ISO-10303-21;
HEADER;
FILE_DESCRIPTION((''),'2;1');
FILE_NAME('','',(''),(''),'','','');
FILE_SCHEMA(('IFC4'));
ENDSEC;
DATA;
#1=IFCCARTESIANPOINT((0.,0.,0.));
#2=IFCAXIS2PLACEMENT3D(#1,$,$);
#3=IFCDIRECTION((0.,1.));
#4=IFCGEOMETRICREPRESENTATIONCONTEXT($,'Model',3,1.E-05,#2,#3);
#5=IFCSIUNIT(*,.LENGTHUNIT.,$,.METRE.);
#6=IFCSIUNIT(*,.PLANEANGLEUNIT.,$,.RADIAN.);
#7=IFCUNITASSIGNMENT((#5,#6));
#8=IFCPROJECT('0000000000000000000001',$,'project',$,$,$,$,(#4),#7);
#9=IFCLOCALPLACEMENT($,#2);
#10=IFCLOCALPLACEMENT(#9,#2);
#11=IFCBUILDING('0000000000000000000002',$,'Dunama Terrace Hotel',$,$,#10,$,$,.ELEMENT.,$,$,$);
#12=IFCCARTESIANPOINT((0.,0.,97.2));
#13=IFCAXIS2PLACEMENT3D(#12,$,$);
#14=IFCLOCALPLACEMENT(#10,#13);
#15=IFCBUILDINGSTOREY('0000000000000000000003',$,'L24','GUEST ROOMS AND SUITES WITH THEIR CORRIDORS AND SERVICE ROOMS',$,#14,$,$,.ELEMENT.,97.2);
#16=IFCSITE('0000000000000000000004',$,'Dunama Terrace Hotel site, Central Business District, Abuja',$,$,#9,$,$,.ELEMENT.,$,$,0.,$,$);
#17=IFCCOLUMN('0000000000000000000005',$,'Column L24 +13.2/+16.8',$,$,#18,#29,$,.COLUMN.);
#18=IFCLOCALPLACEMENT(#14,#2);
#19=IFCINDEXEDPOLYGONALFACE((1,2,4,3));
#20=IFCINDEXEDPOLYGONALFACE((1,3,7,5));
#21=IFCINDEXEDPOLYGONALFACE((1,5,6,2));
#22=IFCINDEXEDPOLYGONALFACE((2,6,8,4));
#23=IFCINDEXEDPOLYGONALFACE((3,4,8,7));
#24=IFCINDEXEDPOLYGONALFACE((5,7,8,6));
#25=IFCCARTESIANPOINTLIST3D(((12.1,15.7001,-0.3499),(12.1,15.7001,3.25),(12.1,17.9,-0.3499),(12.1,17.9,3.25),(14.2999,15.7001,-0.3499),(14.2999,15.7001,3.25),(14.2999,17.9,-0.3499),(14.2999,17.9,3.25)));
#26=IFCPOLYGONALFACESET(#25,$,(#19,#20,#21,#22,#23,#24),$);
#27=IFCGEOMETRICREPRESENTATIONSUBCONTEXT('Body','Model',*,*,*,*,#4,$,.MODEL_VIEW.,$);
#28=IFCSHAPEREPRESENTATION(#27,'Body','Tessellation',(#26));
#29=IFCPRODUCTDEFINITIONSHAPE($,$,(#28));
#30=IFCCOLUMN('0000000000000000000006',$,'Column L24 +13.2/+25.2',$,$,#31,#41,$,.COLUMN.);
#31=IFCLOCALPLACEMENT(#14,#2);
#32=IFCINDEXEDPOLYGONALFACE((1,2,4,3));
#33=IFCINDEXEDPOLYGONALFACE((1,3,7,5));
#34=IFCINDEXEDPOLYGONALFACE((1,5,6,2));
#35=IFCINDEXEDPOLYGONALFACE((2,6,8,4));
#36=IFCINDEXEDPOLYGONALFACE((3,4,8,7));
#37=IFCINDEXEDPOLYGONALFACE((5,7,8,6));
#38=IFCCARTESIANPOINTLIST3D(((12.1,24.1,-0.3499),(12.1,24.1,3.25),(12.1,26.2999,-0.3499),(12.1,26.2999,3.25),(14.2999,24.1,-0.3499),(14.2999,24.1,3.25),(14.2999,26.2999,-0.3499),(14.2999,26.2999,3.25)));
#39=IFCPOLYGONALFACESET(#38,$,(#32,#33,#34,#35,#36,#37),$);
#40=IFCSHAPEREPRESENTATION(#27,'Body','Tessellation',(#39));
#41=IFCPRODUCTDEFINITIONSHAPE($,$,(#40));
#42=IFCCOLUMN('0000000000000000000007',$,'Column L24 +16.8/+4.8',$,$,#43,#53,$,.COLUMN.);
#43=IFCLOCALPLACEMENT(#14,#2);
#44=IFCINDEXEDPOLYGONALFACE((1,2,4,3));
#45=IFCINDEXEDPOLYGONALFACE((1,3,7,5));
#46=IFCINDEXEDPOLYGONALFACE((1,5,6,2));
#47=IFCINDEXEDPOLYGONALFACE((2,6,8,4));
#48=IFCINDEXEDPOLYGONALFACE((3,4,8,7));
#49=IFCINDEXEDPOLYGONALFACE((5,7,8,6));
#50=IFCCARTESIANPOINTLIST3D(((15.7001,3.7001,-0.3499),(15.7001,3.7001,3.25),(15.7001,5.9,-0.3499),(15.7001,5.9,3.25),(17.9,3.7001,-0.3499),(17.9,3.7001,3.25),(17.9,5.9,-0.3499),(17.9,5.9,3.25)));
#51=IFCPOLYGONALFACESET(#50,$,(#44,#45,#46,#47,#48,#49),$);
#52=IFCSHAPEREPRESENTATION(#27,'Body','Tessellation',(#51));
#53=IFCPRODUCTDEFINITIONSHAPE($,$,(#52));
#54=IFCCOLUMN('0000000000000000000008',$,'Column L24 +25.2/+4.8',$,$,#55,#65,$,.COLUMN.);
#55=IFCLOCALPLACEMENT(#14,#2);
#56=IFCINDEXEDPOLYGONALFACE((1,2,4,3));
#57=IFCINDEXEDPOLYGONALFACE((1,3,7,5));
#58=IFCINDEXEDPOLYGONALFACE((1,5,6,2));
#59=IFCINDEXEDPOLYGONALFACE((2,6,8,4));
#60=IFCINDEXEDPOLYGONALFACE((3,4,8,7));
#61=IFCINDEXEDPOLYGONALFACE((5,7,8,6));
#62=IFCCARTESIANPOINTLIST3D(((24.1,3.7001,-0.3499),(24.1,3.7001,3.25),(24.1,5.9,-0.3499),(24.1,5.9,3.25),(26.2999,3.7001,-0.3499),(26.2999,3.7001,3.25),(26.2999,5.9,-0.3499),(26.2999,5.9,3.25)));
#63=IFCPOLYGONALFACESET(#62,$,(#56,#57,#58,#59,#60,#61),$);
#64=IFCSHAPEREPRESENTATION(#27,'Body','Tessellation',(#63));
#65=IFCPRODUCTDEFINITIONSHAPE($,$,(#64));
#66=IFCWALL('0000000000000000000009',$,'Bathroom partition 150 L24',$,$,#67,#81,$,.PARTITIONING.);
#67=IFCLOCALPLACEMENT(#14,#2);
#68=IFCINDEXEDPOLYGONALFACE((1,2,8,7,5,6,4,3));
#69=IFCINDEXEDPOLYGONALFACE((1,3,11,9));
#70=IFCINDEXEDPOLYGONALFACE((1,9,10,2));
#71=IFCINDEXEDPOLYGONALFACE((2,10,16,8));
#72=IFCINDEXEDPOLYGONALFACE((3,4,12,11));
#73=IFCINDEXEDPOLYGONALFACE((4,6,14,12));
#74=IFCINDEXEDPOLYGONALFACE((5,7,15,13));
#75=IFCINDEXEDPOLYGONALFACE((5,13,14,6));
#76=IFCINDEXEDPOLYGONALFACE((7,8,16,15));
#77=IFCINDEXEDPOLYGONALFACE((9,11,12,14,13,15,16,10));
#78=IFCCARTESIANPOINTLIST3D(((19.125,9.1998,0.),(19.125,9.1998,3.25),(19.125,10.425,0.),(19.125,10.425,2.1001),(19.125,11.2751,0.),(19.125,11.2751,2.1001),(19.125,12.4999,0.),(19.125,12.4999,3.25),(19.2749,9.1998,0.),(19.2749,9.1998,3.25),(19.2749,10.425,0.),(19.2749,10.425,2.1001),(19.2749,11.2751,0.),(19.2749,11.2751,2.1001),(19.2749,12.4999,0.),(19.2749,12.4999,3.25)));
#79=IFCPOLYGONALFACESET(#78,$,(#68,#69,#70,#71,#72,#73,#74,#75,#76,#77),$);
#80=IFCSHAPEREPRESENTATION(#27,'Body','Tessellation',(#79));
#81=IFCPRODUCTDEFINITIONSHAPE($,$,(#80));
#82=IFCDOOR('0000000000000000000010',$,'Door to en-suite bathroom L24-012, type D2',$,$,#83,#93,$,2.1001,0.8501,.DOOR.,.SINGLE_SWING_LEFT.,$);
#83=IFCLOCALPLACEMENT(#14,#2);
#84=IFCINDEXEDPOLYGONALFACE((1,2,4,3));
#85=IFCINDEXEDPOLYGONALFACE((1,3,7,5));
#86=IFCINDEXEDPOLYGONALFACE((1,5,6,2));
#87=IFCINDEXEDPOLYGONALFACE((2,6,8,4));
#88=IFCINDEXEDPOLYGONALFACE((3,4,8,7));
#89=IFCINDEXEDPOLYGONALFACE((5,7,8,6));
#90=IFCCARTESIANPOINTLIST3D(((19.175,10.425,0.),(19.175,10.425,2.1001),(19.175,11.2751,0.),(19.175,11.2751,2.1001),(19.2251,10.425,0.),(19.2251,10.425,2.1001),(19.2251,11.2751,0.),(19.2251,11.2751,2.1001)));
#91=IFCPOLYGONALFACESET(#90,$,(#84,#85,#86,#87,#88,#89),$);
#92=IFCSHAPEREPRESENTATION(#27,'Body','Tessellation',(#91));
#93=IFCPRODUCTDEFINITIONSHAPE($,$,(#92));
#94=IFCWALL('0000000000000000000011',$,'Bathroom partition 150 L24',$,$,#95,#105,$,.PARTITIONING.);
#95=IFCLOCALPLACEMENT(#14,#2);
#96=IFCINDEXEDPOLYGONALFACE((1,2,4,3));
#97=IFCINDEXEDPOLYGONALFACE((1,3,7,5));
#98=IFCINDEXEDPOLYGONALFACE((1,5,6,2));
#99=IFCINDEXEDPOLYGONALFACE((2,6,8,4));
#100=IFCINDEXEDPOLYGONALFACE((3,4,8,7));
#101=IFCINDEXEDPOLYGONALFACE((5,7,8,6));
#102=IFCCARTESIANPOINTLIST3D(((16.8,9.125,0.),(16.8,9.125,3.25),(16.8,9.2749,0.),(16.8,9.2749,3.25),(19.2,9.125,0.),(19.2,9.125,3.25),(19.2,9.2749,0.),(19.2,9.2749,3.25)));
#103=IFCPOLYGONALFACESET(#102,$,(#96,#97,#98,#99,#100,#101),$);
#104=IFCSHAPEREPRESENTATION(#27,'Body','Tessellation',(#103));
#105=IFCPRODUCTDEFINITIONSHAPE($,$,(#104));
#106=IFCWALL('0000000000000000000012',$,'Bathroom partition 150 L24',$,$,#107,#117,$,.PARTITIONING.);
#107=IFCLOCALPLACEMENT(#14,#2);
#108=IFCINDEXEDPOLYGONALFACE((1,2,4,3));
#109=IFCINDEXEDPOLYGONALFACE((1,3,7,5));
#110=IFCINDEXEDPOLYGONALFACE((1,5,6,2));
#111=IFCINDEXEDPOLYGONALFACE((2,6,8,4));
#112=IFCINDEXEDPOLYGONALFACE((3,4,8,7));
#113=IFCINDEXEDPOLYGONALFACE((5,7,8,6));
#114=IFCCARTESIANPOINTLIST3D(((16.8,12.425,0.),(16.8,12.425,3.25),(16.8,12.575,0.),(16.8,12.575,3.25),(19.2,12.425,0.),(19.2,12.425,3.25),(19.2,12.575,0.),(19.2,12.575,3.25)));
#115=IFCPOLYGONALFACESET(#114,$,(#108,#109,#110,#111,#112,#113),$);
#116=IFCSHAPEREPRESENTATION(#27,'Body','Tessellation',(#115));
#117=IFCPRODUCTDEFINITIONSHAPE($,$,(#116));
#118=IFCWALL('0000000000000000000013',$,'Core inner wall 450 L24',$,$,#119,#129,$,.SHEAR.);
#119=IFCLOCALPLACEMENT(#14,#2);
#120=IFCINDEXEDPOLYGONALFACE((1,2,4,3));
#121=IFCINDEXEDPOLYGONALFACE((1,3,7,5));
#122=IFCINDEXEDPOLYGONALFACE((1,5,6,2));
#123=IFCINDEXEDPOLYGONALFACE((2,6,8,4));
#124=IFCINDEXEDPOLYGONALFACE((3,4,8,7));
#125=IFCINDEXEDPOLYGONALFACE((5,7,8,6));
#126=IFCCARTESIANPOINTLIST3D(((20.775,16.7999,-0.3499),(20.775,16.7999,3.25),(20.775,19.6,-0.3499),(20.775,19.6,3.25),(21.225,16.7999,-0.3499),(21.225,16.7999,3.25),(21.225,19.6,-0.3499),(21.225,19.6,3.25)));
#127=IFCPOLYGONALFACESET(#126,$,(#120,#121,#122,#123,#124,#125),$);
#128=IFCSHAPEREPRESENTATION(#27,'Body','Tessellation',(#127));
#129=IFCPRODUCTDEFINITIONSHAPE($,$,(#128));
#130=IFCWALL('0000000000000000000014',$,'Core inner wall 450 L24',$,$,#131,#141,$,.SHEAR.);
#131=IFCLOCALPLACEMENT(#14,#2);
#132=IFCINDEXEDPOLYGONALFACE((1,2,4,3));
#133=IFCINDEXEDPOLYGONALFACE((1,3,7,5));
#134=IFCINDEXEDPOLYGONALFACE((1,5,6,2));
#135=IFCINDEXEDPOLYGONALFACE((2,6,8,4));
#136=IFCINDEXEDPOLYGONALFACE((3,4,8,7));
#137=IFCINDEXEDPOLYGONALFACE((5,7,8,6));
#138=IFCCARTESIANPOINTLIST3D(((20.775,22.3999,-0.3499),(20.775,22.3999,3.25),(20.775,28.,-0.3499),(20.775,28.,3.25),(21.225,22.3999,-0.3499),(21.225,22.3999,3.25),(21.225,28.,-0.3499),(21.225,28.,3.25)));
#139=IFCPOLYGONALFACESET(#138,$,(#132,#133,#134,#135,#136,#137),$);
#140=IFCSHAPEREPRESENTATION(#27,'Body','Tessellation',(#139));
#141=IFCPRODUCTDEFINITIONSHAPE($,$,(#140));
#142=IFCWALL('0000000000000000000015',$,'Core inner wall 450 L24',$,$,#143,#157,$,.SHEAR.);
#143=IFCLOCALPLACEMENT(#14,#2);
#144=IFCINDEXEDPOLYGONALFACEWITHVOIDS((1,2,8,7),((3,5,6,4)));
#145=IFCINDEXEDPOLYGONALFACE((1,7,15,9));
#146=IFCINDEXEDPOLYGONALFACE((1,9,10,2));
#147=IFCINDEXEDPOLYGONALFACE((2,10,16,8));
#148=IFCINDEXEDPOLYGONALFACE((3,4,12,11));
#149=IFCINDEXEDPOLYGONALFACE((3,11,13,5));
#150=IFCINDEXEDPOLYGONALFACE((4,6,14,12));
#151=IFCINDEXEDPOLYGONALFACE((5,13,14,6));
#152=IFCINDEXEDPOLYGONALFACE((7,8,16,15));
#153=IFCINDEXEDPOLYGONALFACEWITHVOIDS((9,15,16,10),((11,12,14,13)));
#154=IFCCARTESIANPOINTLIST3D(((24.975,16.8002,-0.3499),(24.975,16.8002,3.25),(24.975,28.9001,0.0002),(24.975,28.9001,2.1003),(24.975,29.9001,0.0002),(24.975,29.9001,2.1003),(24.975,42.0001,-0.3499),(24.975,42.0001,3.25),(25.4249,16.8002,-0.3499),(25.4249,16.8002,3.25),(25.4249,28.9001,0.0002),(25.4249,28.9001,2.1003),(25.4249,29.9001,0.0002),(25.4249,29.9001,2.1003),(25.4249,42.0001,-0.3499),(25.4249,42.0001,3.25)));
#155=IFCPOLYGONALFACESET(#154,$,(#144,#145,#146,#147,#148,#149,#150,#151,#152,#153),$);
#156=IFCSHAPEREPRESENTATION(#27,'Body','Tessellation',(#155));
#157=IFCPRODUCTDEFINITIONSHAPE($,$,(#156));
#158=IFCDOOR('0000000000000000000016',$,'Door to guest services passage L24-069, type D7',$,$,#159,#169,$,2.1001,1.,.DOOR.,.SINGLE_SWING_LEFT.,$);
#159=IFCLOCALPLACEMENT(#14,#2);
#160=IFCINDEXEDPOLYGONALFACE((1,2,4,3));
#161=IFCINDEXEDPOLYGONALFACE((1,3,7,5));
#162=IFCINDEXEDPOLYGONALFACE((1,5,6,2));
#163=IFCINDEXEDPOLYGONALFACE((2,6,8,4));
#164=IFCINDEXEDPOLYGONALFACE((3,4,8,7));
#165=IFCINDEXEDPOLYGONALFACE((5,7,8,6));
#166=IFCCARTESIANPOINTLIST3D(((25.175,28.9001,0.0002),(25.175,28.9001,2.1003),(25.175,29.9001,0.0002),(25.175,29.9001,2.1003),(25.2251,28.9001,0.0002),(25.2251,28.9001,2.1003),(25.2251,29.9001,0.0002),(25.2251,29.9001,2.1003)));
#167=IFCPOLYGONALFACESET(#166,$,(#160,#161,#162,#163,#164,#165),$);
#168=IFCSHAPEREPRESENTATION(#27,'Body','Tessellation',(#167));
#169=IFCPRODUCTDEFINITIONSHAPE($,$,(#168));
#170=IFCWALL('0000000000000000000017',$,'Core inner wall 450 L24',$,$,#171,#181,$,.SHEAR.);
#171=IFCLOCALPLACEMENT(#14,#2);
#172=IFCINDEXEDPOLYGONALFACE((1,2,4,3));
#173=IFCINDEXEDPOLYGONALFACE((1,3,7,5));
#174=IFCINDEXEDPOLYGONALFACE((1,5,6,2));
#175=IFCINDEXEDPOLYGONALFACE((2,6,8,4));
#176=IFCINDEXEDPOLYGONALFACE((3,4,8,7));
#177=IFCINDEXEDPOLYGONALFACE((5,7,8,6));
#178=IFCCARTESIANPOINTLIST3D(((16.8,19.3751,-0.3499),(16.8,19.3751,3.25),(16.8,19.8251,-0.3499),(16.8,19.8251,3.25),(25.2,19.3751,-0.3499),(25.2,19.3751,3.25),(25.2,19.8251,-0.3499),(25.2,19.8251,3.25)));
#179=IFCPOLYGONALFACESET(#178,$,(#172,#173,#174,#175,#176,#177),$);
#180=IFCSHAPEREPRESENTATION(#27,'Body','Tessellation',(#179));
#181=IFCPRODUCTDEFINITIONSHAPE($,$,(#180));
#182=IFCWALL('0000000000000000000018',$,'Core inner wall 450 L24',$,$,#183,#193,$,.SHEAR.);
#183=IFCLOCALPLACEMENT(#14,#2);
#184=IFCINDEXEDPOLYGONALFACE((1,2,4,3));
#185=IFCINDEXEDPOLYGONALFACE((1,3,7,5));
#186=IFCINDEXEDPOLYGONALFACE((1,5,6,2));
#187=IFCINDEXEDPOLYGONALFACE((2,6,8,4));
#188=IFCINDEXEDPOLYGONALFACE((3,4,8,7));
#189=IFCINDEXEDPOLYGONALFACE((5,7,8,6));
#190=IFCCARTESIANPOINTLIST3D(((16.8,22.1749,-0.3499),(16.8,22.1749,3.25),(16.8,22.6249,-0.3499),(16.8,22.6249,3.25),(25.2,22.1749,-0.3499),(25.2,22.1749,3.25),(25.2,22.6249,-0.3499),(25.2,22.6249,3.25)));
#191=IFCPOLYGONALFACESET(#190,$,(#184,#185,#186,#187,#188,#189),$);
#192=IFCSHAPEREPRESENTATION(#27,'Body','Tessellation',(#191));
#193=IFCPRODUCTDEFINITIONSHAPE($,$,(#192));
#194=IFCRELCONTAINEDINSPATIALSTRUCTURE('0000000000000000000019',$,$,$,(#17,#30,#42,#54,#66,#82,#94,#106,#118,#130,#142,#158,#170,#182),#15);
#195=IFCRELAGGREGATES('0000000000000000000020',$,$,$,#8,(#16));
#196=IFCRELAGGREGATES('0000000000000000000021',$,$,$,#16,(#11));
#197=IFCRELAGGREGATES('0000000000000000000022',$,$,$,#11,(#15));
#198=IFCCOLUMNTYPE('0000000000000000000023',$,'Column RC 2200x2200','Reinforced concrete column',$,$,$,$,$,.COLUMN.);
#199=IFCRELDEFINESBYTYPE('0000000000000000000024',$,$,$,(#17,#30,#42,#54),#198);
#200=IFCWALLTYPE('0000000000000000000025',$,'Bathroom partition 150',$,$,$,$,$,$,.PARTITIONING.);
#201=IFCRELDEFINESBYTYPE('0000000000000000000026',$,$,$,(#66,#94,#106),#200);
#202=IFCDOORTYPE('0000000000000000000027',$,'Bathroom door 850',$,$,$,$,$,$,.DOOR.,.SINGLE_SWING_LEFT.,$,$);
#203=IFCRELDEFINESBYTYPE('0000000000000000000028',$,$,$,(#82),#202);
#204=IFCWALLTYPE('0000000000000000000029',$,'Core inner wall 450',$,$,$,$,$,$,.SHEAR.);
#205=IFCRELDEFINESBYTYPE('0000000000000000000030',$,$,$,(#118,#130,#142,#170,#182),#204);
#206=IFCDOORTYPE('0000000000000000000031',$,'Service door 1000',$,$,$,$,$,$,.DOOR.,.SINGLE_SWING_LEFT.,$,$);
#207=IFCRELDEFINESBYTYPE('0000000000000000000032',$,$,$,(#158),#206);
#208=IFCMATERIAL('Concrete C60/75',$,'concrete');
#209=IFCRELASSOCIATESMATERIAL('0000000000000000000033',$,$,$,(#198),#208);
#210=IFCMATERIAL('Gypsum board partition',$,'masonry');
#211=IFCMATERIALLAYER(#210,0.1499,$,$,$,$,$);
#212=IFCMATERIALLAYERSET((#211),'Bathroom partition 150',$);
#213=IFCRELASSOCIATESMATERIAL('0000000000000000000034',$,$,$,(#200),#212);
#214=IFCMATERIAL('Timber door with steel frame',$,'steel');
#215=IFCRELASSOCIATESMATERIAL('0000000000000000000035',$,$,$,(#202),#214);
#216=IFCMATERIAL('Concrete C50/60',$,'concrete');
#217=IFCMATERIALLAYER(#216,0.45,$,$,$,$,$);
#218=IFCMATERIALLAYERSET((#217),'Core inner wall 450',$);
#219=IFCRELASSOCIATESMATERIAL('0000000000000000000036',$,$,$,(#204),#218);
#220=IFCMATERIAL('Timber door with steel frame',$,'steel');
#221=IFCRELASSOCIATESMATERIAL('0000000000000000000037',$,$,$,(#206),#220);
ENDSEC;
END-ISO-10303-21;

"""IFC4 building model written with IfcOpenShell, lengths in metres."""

from ifc_helpers import new_model, si_unit, direction, frame, frame_2d, origin, origin_2d, place, context, subcontext, project, spatial, rectangle, extrude, material, layer, layer_set, material_profile, profile_set, type_object, element, fill, save


model = new_model("IFC4")

# Units and contexts
model_context = context("Model", 3, precision=1e-05, world=origin(), true_north=direction((0.0, 1.0)))
body_context = subcontext(model_context, "Body", "Model", "MODEL_VIEW")
ifc_project = project(units=[si_unit("LENGTHUNIT", "METRE"), si_unit("PLANEANGLEUNIT", "RADIAN")], contexts=[model_context])

# Site, building, storey
site_placement = place(None, origin())
site = spatial("IfcSite", under=ifc_project, at=site_placement, Name="Dunama Terrace Hotel site, Central Business District, Abuja", CompositionType="ELEMENT", RefElevation=0.0)
building_placement = place(site_placement, origin())
building = spatial("IfcBuilding", under=site, at=building_placement, Name="Dunama Terrace Hotel", CompositionType="ELEMENT")
storey_placement = place(building_placement, frame((0.0, 0.0, 97.2)))
storey = spatial("IfcBuildingStorey", under=building, at=storey_placement, Name="L24", Description="GUEST ROOMS AND SUITES WITH THEIR CORRIDORS AND SERVICE ROOMS", CompositionType="ELEMENT", Elevation=97.2)

# Columns
ifc_material_1 = material(Name="Concrete C60/75", Category="concrete")
ifc_material_profile = material_profile(ifc_material_1, rectangle(XDim=2.2, YDim=2.2, at=origin_2d()), Name="RC 2200x2200")
ifc_profile_set = profile_set([ifc_material_profile], Name="Concrete C60/75")
column_type = type_object("IfcColumnType", Name="Column RC 2200x2200", Description="Reinforced concrete column", PredefinedType="COLUMN", material=ifc_profile_set)
for number, where, z_axis, x_axis, name in (
    (1, (13.2, 16.8, -0.3499), (0.0, 0.0, 1.0), (1.0, 0.0, 0.0), "Column L24 +13.2/+16.8"),
    (2, (13.2, 25.2, -0.3499), (0.0, 0.0, 1.0), (1.0, 0.0, 0.0), "Column L24 +13.2/+25.2"),
    (3, (16.8, 4.8, -0.3499), (0.0, 0.0, 1.0), (1.0, 0.0, 0.0), "Column L24 +16.8/+4.8"),
    (4, (25.2, 4.8, -0.3499), (0.0, 0.0, 1.0), (1.0, 0.0, 0.0), "Column L24 +25.2/+4.8"),
):
    element("IfcColumn", number, at=place(storey_placement, frame(where, z_axis=z_axis, x_axis=x_axis)), inside=storey, type_object=column_type, Name=name, PredefinedType="COLUMN", context=body_context, shape_type="SweptSolid", body=[
        extrude(rectangle(XDim=2.2, YDim=2.2, at=origin_2d()), origin(), (0.0, 0.0, 1.0), 3.5999),
    ])

# Wall, opening, door
ifc_material_2 = material(Name="Gypsum board partition", Category="masonry")
ifc_layer_1 = layer(ifc_material_2, 0.1499)
ifc_layer_set_1 = layer_set([ifc_layer_1], Name="Bathroom partition 150")
wall_type_1 = type_object("IfcWallType", Name="Bathroom partition 150", PredefinedType="PARTITIONING", material=ifc_layer_set_1)
wall_1_placement = place(storey_placement, frame((19.2, 9.2, 0.0), z_axis=(0.0, 0.0, 1.0), x_axis=(0.0, 1.0, 0.0)))
wall_1 = element("IfcWall", 5, at=wall_1_placement, inside=storey, type_object=wall_type_1, Name="Bathroom partition 150 L24", PredefinedType="PARTITIONING", context=body_context, shape_type="SweptSolid", body=[
    extrude(rectangle(XDim=3.3, YDim=0.1499, at=frame_2d((1.6499, 0.0))), origin(), (0.0, 0.0, 1.0), 3.25),
])
opening_1_placement = place(wall_1_placement, frame((1.2251, 0.0, 0.0)))
opening_1 = element("IfcOpeningElement", 6, at=opening_1_placement, cuts=wall_1, PredefinedType="OPENING", context=body_context, shape_type="SweptSolid", body=[
    extrude(rectangle(XDim=0.8501, YDim=2.1001, at=frame_2d((0.425, 1.05))), frame((0.0, 0.085, 0.0), z_axis=(0.0, -1.0, 0.0), x_axis=(1.0, 0.0, 0.0)), (0.0, 0.0, 1.0), 0.1699),
])
ifc_material_3 = material(Name="Timber door with steel frame", Category="steel")
door_type_1 = type_object("IfcDoorType", Name="Bathroom door 850", OperationType="SINGLE_SWING_LEFT", PredefinedType="DOOR", material=ifc_material_3)
door_1_placement = place(opening_1_placement, origin())
door_1 = element("IfcDoor", 7, at=door_1_placement, inside=storey, type_object=door_type_1, Name="Door to en-suite bathroom L24-012, type D2", OperationType="SINGLE_SWING_LEFT", OverallHeight=2.1001, OverallWidth=0.8501, PredefinedType="DOOR", context=body_context, shape_type="SweptSolid", body=[
    extrude(rectangle(XDim=0.8501, YDim=2.1001, at=frame_2d((0.425, 1.05))), frame((0.0, 0.0249, 0.0), z_axis=(0.0, -1.0, 0.0), x_axis=(1.0, 0.0, 0.0)), (0.0, 0.0, 1.0), 0.05),
])
fill(opening_1, door_1)

# Walls
for number, where, z_axis, x_axis, name in (
    (8, (16.8, 9.2, 0.0), (0.0, 0.0, 1.0), (1.0, 0.0, 0.0), "Bathroom partition 150 L24"),
    (9, (16.8, 12.5, 0.0), (0.0, 0.0, 1.0), (1.0, 0.0, 0.0), "Bathroom partition 150 L24"),
):
    element("IfcWall", number, at=place(storey_placement, frame(where, z_axis=z_axis, x_axis=x_axis)), inside=storey, type_object=wall_type_1, Name=name, PredefinedType="PARTITIONING", context=body_context, shape_type="SweptSolid", body=[
        extrude(rectangle(XDim=2.3999, YDim=0.1499, at=frame_2d((1.2, 0.0))), origin(), (0.0, 0.0, 1.0), 3.25),
    ])
ifc_material_4 = material(Name="Concrete C50/60", Category="concrete")
ifc_layer_2 = layer(ifc_material_4, 0.45)
ifc_layer_set_2 = layer_set([ifc_layer_2], Name="Core inner wall 450")
wall_type_2 = type_object("IfcWallType", Name="Core inner wall 450", PredefinedType="SHEAR", material=ifc_layer_set_2)
wall_2_placement = place(storey_placement, frame((21.0, 16.8, -0.3499), z_axis=(0.0, 0.0, 1.0), x_axis=(0.0, 1.0, 0.0)))
element("IfcWall", 10, at=wall_2_placement, inside=storey, type_object=wall_type_2, Name="Core inner wall 450 L24", PredefinedType="SHEAR", context=body_context, shape_type="SweptSolid", body=[
    extrude(rectangle(XDim=2.8, YDim=0.45, at=frame_2d((1.3999, 0.0))), origin(), (0.0, 0.0, 1.0), 3.5999),
])
wall_3_placement = place(storey_placement, frame((21.0, 22.3999, -0.3499), z_axis=(0.0, 0.0, 1.0), x_axis=(0.0, 1.0, 0.0)))
element("IfcWall", 11, at=wall_3_placement, inside=storey, type_object=wall_type_2, Name="Core inner wall 450 L24", PredefinedType="SHEAR", context=body_context, shape_type="SweptSolid", body=[
    extrude(rectangle(XDim=5.6001, YDim=0.45, at=frame_2d((2.8, 0.0))), origin(), (0.0, 0.0, 1.0), 3.5999),
])

# Wall, opening, door
wall_4_placement = place(storey_placement, frame((25.2, 16.8, -0.3499), z_axis=(0.0, 0.0, 1.0), x_axis=(0.0, 1.0, 0.0)))
wall_4 = element("IfcWall", 12, at=wall_4_placement, inside=storey, type_object=wall_type_2, Name="Core inner wall 450 L24", PredefinedType="SHEAR", context=body_context, shape_type="SweptSolid", body=[
    extrude(rectangle(XDim=25.2, YDim=0.45, at=frame_2d((12.6001, 0.0))), origin(), (0.0, 0.0, 1.0), 3.5999),
])
opening_2_placement = place(wall_4_placement, frame((12.1001, 0.0, 0.3501)))
opening_2 = element("IfcOpeningElement", 13, at=opening_2_placement, cuts=wall_4, PredefinedType="OPENING", context=body_context, shape_type="SweptSolid", body=[
    extrude(rectangle(XDim=1.0, YDim=2.1001, at=frame_2d((0.5, 1.05))), frame((0.0, 0.2349, 0.0), z_axis=(0.0, -1.0, 0.0), x_axis=(1.0, 0.0, 0.0)), (0.0, 0.0, 1.0), 0.47),
])
ifc_material_5 = material(Name="Timber door with steel frame", Category="steel")
door_type_2 = type_object("IfcDoorType", Name="Service door 1000", OperationType="SINGLE_SWING_LEFT", PredefinedType="DOOR", material=ifc_material_5)
door_2_placement = place(opening_2_placement, origin())
door_2 = element("IfcDoor", 14, at=door_2_placement, inside=storey, type_object=door_type_2, Name="Door to guest services passage L24-069, type D7", OperationType="SINGLE_SWING_LEFT", OverallHeight=2.1001, OverallWidth=1.0, PredefinedType="DOOR", context=body_context, shape_type="SweptSolid", body=[
    extrude(rectangle(XDim=1.0, YDim=2.1001, at=frame_2d((0.5, 1.05))), frame((0.0, 0.0249, 0.0), z_axis=(0.0, -1.0, 0.0), x_axis=(1.0, 0.0, 0.0)), (0.0, 0.0, 1.0), 0.05),
])
fill(opening_2, door_2)

# Walls
for number, where, z_axis, x_axis, name in (
    (15, (16.8, 19.6001, -0.3499), (0.0, 0.0, 1.0), (1.0, 0.0, 0.0), "Core inner wall 450 L24"),
    (16, (16.8, 22.3999, -0.3499), (0.0, 0.0, 1.0), (1.0, 0.0, 0.0), "Core inner wall 450 L24"),
):
    element("IfcWall", number, at=place(storey_placement, frame(where, z_axis=z_axis, x_axis=x_axis)), inside=storey, type_object=wall_type_2, Name=name, PredefinedType="SHEAR", context=body_context, shape_type="SweptSolid", body=[
        extrude(rectangle(XDim=8.3999, YDim=0.45, at=frame_2d((4.2, 0.0))), origin(), (0.0, 0.0, 1.0), 3.5999),
    ])

save(model, "model.ifc")
